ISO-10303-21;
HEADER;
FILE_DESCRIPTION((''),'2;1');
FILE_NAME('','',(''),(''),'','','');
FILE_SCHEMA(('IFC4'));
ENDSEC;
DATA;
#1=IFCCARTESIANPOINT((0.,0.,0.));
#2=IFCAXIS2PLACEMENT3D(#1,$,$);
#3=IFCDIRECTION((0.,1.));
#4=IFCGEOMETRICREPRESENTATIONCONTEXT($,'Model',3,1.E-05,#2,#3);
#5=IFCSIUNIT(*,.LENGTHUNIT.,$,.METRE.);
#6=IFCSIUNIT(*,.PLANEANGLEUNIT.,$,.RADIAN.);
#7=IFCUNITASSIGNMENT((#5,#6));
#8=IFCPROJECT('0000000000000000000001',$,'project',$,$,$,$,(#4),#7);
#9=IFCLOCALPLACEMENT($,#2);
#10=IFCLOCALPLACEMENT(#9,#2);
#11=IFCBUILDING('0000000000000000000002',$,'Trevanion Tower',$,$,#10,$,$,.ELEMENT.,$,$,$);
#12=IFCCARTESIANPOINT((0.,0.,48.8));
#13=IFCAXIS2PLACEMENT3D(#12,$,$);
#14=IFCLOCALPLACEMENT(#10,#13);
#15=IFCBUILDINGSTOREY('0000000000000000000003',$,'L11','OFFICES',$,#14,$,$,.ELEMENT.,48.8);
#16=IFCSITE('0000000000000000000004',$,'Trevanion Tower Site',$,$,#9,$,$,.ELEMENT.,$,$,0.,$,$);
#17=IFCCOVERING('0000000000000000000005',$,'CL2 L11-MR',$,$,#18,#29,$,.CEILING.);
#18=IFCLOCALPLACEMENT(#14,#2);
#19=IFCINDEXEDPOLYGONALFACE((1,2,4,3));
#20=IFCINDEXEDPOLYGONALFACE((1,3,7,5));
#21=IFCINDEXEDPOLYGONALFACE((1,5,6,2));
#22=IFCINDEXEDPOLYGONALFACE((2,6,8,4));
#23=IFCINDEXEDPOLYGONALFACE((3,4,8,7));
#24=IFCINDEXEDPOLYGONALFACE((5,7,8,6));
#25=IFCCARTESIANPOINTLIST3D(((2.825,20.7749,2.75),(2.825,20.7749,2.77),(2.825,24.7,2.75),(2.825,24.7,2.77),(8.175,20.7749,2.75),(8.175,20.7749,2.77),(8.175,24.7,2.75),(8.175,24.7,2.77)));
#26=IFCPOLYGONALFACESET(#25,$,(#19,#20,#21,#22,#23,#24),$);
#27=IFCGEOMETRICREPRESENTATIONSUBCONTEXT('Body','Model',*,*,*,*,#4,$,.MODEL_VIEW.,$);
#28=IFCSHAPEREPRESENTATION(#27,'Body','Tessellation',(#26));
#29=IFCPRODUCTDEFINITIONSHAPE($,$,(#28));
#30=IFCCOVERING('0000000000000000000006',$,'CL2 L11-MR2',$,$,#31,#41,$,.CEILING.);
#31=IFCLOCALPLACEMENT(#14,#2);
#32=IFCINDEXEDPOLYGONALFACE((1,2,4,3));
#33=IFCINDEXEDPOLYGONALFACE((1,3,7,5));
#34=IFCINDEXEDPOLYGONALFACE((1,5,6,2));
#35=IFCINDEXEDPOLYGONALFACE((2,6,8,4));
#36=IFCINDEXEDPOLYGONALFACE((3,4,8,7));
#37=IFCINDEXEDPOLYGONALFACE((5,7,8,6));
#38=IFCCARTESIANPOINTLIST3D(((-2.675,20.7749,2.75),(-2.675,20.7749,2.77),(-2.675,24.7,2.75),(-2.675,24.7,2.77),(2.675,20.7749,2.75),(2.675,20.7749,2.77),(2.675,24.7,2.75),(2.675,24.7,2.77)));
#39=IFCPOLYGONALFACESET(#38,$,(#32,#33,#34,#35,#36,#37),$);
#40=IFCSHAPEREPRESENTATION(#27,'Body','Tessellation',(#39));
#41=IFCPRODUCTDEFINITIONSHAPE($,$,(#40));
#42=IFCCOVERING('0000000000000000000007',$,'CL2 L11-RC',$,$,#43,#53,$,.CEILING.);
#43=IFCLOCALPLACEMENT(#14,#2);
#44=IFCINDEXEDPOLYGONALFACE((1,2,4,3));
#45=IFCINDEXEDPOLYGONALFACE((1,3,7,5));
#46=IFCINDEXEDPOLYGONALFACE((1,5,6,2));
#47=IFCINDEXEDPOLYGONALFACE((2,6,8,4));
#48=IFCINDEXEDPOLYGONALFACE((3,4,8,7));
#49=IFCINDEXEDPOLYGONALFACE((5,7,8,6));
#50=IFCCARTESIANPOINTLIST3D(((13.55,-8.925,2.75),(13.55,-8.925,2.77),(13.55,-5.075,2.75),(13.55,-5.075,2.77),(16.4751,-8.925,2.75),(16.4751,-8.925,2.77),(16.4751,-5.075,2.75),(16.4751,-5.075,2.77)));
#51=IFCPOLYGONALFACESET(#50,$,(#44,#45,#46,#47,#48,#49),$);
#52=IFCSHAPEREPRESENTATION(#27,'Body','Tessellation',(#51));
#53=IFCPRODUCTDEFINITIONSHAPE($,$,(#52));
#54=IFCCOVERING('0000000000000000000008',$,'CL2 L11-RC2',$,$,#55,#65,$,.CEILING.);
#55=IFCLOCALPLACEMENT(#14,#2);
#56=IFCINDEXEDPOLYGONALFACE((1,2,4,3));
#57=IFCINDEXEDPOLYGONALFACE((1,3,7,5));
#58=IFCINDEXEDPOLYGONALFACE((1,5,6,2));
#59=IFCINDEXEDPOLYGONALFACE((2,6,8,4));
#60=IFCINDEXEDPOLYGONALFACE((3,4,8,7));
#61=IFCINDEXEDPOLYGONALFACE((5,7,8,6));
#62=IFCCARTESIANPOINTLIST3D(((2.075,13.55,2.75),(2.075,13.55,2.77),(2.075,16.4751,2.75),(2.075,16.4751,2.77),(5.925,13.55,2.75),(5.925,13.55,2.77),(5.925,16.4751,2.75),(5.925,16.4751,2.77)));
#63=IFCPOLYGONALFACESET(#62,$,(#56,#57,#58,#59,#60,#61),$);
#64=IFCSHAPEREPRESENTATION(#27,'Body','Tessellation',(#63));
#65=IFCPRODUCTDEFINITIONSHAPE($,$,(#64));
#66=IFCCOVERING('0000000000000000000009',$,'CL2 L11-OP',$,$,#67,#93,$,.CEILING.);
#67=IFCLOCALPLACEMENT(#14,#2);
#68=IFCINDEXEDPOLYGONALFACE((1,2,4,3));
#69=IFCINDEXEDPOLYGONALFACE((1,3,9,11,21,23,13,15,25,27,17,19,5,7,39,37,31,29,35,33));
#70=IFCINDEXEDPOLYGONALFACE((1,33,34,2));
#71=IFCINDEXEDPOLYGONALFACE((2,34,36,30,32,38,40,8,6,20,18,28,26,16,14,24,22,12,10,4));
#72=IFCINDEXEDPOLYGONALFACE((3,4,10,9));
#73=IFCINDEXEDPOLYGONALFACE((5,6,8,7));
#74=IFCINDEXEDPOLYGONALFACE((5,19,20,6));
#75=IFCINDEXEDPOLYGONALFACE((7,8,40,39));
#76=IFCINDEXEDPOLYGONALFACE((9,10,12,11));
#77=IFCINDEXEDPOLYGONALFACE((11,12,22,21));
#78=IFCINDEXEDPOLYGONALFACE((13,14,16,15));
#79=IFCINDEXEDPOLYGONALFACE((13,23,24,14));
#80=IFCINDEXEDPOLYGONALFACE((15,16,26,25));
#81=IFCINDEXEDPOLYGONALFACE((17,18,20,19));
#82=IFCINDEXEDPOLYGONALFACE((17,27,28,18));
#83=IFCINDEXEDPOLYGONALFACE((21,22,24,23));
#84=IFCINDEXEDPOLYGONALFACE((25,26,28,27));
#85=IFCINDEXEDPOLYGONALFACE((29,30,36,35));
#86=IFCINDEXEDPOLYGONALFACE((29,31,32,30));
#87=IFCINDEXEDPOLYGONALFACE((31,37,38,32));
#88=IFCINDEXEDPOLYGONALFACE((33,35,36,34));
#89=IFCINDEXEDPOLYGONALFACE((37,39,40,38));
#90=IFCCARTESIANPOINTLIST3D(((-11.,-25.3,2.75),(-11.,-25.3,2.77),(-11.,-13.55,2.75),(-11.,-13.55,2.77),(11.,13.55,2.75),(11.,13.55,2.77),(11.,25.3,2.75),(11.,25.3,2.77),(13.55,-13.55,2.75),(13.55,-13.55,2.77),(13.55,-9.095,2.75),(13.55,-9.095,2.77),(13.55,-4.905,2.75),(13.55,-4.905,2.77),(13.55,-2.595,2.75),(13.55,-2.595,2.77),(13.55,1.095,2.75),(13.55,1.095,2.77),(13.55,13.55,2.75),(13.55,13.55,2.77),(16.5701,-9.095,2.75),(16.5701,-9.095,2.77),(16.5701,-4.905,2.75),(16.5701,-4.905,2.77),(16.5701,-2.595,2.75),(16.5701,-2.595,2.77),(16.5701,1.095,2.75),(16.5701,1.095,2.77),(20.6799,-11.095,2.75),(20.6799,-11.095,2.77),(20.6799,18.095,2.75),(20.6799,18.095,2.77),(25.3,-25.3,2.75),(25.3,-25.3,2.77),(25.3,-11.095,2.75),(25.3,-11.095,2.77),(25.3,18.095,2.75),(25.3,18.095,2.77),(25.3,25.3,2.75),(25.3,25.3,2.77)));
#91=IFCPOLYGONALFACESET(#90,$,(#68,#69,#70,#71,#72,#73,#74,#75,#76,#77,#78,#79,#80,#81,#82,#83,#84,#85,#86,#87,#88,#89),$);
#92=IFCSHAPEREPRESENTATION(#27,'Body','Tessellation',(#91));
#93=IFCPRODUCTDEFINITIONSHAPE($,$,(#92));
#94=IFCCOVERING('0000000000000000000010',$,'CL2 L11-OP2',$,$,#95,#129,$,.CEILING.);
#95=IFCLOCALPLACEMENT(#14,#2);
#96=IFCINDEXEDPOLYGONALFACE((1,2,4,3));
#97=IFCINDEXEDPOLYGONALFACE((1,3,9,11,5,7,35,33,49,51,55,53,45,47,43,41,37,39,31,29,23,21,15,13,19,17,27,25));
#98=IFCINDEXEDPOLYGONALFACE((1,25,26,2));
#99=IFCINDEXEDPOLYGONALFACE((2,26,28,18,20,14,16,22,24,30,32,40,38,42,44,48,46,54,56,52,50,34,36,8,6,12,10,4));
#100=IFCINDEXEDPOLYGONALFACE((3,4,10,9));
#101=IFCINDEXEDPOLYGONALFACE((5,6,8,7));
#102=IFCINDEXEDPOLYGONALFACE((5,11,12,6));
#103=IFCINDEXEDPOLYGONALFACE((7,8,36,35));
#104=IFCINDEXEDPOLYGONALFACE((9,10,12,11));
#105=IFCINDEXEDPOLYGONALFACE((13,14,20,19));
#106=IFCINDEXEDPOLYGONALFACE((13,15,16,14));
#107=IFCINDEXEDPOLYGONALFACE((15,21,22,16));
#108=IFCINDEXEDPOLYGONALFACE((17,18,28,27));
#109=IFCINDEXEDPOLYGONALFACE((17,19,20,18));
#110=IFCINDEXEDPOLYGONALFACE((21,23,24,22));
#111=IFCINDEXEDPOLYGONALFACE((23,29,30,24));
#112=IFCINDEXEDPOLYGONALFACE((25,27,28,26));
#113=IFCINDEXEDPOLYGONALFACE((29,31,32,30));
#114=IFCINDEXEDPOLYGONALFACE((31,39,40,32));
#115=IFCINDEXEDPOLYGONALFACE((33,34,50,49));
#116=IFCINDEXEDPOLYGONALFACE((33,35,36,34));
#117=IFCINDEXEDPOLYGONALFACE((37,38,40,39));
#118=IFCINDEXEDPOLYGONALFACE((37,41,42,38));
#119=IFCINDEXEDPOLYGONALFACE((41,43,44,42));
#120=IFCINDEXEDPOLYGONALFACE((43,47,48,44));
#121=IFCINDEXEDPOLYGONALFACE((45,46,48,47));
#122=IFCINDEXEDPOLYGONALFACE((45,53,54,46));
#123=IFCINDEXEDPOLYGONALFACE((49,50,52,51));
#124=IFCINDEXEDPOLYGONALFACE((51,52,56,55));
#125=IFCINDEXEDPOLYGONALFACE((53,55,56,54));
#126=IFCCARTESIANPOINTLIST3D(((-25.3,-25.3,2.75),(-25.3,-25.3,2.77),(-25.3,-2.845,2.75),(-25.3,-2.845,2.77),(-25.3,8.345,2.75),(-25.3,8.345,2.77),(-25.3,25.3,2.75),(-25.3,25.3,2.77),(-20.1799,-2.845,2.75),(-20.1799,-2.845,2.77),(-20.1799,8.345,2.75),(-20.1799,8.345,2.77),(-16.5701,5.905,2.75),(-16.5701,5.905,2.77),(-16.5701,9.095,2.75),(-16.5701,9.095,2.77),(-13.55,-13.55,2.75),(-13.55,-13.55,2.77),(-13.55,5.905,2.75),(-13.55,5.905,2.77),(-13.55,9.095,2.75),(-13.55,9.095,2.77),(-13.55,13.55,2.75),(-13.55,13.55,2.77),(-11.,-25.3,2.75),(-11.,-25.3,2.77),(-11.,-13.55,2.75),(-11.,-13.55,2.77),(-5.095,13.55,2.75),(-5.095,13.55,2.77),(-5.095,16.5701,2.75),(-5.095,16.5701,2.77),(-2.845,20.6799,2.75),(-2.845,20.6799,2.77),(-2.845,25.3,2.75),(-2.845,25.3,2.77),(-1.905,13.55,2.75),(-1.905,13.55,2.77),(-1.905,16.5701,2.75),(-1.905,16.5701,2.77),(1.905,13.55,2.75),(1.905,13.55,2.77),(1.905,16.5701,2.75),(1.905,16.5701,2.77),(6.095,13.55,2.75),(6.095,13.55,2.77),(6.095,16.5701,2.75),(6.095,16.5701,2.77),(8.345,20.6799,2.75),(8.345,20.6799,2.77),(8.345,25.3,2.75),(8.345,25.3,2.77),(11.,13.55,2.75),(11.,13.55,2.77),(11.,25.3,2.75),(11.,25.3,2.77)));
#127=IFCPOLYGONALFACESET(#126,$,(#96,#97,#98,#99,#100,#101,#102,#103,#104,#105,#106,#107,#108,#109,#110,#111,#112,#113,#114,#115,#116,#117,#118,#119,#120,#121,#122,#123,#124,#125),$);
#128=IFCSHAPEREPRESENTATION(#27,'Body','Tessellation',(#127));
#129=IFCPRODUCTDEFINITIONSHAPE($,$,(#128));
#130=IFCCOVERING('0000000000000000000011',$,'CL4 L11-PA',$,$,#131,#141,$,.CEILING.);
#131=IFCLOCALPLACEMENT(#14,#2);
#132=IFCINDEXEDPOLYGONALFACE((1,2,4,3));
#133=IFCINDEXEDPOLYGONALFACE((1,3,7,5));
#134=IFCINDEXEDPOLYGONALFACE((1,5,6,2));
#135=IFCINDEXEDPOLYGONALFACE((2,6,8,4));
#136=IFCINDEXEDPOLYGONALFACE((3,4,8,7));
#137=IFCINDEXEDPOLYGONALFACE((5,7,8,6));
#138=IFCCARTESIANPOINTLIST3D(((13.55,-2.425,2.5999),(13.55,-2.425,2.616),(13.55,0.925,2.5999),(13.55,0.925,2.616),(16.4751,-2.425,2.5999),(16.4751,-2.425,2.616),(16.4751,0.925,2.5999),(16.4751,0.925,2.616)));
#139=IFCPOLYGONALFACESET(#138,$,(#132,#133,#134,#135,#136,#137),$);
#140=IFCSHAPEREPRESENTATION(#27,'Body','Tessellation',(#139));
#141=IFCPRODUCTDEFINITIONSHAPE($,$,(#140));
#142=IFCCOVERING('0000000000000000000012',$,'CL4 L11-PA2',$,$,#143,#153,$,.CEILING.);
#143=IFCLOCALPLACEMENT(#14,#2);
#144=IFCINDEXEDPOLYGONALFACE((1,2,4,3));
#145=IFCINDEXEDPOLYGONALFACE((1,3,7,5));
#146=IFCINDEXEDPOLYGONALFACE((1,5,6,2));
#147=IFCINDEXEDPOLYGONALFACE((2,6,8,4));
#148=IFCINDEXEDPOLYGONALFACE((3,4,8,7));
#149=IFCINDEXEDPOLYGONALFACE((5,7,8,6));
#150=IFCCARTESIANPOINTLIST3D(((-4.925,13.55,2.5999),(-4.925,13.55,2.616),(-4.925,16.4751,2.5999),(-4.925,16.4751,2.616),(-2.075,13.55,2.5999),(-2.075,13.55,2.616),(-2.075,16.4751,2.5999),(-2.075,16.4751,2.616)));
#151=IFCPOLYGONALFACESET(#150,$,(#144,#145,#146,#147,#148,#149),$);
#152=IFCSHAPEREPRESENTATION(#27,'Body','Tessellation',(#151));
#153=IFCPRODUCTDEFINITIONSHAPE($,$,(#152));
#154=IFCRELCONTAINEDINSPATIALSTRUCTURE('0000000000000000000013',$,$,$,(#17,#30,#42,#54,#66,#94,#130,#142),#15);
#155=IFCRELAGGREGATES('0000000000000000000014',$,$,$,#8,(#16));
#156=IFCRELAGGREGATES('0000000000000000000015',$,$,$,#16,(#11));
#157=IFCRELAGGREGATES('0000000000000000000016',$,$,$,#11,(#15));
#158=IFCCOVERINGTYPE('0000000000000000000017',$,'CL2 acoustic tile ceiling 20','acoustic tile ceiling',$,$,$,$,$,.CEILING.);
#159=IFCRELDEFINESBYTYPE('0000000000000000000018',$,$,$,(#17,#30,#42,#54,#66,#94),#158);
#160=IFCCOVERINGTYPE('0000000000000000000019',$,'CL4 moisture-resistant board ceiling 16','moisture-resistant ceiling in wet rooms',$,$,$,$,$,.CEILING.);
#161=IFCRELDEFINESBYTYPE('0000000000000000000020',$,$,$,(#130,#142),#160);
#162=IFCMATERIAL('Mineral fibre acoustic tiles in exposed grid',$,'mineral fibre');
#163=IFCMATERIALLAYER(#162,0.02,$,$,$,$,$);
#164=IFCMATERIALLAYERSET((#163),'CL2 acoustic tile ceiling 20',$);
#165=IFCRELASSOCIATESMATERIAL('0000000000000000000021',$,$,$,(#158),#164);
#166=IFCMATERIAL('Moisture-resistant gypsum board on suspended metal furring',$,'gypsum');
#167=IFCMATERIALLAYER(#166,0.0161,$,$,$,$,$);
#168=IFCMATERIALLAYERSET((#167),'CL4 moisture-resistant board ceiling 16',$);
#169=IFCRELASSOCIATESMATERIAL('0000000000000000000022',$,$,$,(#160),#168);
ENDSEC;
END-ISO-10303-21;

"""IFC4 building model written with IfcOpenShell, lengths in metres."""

from ifc_helpers import new_model, si_unit, direction, frame, origin, place, context, subcontext, project, spatial, polyline, outline, extrude, material, layer, layer_set, type_object, element, save


model = new_model("IFC4")

# Units and contexts
model_context = context("Model", 3, precision=1e-05, world=origin(), true_north=direction((0.0, 1.0)))
body_context = subcontext(model_context, "Body", "Model", "MODEL_VIEW")
ifc_project = project(units=[si_unit("LENGTHUNIT", "METRE"), si_unit("PLANEANGLEUNIT", "RADIAN")], contexts=[model_context])

# Site, building, storey
site_placement = place(None, origin())
site = spatial("IfcSite", under=ifc_project, at=site_placement, Name="Trevanion Tower Site", CompositionType="ELEMENT", RefElevation=0.0)
building_placement = place(site_placement, origin())
building = spatial("IfcBuilding", under=site, at=building_placement, Name="Trevanion Tower", CompositionType="ELEMENT")
storey_placement = place(building_placement, frame((0.0, 0.0, 48.8)))
storey = spatial("IfcBuildingStorey", under=building, at=storey_placement, Name="L11", Description="OFFICES", CompositionType="ELEMENT", Elevation=48.8)

# Coverings
ifc_material_1 = material(Name="Mineral fibre acoustic tiles in exposed grid", Category="mineral fibre")
ifc_layer_1 = layer(ifc_material_1, 0.02)
ifc_layer_set_1 = layer_set([ifc_layer_1], Name="CL2 acoustic tile ceiling 20")
covering_type_1 = type_object("IfcCoveringType", Name="CL2 acoustic tile ceiling 20", Description="acoustic tile ceiling", PredefinedType="CEILING", material=ifc_layer_set_1)
covering_1_placement = place(storey_placement, frame((0.0, 0.0, 2.75)))
element("IfcCovering", 1, at=covering_1_placement, inside=storey, type_object=covering_type_1, Name="CL2 L11-MR", PredefinedType="CEILING", context=body_context, shape_type="SweptSolid", body=[
    extrude(outline(polyline([(8.175, 20.7749), (2.825, 20.7749), (2.825, 24.7), (8.175, 24.7), (8.175, 20.7749)])), origin(), (0.0, 0.0, 1.0), 0.02),
])
covering_2_placement = place(storey_placement, frame((0.0, 0.0, 2.75)))
element("IfcCovering", 2, at=covering_2_placement, inside=storey, type_object=covering_type_1, Name="CL2 L11-MR2", PredefinedType="CEILING", context=body_context, shape_type="SweptSolid", body=[
    extrude(outline(polyline([(2.675, 20.7749), (-2.675, 20.7749), (-2.675, 24.7), (2.675, 24.7), (2.675, 20.7749)])), origin(), (0.0, 0.0, 1.0), 0.02),
])
covering_3_placement = place(storey_placement, frame((0.0, 0.0, 2.75)))
element("IfcCovering", 3, at=covering_3_placement, inside=storey, type_object=covering_type_1, Name="CL2 L11-RC", PredefinedType="CEILING", context=body_context, shape_type="SweptSolid", body=[
    extrude(outline(polyline([(13.55, -8.925), (13.55, -5.075), (16.4751, -5.075), (16.4751, -8.925), (13.55, -8.925)])), origin(), (0.0, 0.0, 1.0), 0.02),
])
covering_4_placement = place(storey_placement, frame((0.0, 0.0, 2.75)))
element("IfcCovering", 4, at=covering_4_placement, inside=storey, type_object=covering_type_1, Name="CL2 L11-RC2", PredefinedType="CEILING", context=body_context, shape_type="SweptSolid", body=[
    extrude(outline(polyline([(5.925, 13.55), (2.075, 13.55), (2.075, 16.4751), (5.925, 16.4751), (5.925, 13.55)])), origin(), (0.0, 0.0, 1.0), 0.02),
])
covering_5_placement = place(storey_placement, frame((0.0, 0.0, 2.75)))
element("IfcCovering", 5, at=covering_5_placement, inside=storey, type_object=covering_type_1, Name="CL2 L11-OP", PredefinedType="CEILING", context=body_context, shape_type="SweptSolid", body=[
    extrude(outline(polyline([(13.55, -13.55), (13.55, -9.095), (16.5701, -9.095), (16.5701, -4.905), (13.55, -4.905), (13.55, -2.595), (16.5701, -2.595), (16.5701, 1.095), (13.55, 1.095), (13.55, 13.55), (11.0, 13.55), (11.0, 25.3), (25.3, 25.3), (25.3, 18.095), (20.6799, 18.095), (20.6799, -11.095), (25.3, -11.095), (25.3, -25.3), (-11.0, -25.3), (-11.0, -13.55), (13.55, -13.55)])), origin(), (0.0, 0.0, 1.0), 0.02),
])
covering_6_placement = place(storey_placement, frame((0.0, 0.0, 2.75)))
element("IfcCovering", 6, at=covering_6_placement, inside=storey, type_object=covering_type_1, Name="CL2 L11-OP2", PredefinedType="CEILING", context=body_context, shape_type="SweptSolid", body=[
    extrude(outline(polyline([(-11.0, -13.55), (-11.0, -25.3), (-25.3, -25.3), (-25.3, -2.845), (-20.1799, -2.845), (-20.1799, 8.345), (-25.3, 8.345), (-25.3, 25.3), (-2.845, 25.3), (-2.845, 20.6799), (8.345, 20.6799), (8.345, 25.3), (11.0, 25.3), (11.0, 13.55), (6.095, 13.55), (6.095, 16.5701), (1.905, 16.5701), (1.905, 13.55), (-1.905, 13.55), (-1.905, 16.5701), (-5.095, 16.5701), (-5.095, 13.55), (-13.55, 13.55), (-13.55, 9.095), (-16.5701, 9.095), (-16.5701, 5.905), (-13.55, 5.905), (-13.55, -13.55), (-11.0, -13.55)])), origin(), (0.0, 0.0, 1.0), 0.02),
])
ifc_material_2 = material(Name="Moisture-resistant gypsum board on suspended metal furring", Category="gypsum")
ifc_layer_2 = layer(ifc_material_2, 0.0161)
ifc_layer_set_2 = layer_set([ifc_layer_2], Name="CL4 moisture-resistant board ceiling 16")
covering_type_2 = type_object("IfcCoveringType", Name="CL4 moisture-resistant board ceiling 16", Description="moisture-resistant ceiling in wet rooms", PredefinedType="CEILING", material=ifc_layer_set_2)
covering_7_placement = place(storey_placement, frame((0.0, 0.0, 2.5999)))
element("IfcCovering", 7, at=covering_7_placement, inside=storey, type_object=covering_type_2, Name="CL4 L11-PA", PredefinedType="CEILING", context=body_context, shape_type="SweptSolid", body=[
    extrude(outline(polyline([(13.55, -2.425), (13.55, 0.925), (16.4751, 0.925), (16.4751, -2.425), (13.55, -2.425)])), origin(), (0.0, 0.0, 1.0), 0.0161),
])
covering_8_placement = place(storey_placement, frame((0.0, 0.0, 2.5999)))
element("IfcCovering", 8, at=covering_8_placement, inside=storey, type_object=covering_type_2, Name="CL4 L11-PA2", PredefinedType="CEILING", context=body_context, shape_type="SweptSolid", body=[
    extrude(outline(polyline([(-2.075, 13.55), (-4.925, 13.55), (-4.925, 16.4751), (-2.075, 16.4751), (-2.075, 13.55)])), origin(), (0.0, 0.0, 1.0), 0.0161),
])

save(model, "model.ifc")
